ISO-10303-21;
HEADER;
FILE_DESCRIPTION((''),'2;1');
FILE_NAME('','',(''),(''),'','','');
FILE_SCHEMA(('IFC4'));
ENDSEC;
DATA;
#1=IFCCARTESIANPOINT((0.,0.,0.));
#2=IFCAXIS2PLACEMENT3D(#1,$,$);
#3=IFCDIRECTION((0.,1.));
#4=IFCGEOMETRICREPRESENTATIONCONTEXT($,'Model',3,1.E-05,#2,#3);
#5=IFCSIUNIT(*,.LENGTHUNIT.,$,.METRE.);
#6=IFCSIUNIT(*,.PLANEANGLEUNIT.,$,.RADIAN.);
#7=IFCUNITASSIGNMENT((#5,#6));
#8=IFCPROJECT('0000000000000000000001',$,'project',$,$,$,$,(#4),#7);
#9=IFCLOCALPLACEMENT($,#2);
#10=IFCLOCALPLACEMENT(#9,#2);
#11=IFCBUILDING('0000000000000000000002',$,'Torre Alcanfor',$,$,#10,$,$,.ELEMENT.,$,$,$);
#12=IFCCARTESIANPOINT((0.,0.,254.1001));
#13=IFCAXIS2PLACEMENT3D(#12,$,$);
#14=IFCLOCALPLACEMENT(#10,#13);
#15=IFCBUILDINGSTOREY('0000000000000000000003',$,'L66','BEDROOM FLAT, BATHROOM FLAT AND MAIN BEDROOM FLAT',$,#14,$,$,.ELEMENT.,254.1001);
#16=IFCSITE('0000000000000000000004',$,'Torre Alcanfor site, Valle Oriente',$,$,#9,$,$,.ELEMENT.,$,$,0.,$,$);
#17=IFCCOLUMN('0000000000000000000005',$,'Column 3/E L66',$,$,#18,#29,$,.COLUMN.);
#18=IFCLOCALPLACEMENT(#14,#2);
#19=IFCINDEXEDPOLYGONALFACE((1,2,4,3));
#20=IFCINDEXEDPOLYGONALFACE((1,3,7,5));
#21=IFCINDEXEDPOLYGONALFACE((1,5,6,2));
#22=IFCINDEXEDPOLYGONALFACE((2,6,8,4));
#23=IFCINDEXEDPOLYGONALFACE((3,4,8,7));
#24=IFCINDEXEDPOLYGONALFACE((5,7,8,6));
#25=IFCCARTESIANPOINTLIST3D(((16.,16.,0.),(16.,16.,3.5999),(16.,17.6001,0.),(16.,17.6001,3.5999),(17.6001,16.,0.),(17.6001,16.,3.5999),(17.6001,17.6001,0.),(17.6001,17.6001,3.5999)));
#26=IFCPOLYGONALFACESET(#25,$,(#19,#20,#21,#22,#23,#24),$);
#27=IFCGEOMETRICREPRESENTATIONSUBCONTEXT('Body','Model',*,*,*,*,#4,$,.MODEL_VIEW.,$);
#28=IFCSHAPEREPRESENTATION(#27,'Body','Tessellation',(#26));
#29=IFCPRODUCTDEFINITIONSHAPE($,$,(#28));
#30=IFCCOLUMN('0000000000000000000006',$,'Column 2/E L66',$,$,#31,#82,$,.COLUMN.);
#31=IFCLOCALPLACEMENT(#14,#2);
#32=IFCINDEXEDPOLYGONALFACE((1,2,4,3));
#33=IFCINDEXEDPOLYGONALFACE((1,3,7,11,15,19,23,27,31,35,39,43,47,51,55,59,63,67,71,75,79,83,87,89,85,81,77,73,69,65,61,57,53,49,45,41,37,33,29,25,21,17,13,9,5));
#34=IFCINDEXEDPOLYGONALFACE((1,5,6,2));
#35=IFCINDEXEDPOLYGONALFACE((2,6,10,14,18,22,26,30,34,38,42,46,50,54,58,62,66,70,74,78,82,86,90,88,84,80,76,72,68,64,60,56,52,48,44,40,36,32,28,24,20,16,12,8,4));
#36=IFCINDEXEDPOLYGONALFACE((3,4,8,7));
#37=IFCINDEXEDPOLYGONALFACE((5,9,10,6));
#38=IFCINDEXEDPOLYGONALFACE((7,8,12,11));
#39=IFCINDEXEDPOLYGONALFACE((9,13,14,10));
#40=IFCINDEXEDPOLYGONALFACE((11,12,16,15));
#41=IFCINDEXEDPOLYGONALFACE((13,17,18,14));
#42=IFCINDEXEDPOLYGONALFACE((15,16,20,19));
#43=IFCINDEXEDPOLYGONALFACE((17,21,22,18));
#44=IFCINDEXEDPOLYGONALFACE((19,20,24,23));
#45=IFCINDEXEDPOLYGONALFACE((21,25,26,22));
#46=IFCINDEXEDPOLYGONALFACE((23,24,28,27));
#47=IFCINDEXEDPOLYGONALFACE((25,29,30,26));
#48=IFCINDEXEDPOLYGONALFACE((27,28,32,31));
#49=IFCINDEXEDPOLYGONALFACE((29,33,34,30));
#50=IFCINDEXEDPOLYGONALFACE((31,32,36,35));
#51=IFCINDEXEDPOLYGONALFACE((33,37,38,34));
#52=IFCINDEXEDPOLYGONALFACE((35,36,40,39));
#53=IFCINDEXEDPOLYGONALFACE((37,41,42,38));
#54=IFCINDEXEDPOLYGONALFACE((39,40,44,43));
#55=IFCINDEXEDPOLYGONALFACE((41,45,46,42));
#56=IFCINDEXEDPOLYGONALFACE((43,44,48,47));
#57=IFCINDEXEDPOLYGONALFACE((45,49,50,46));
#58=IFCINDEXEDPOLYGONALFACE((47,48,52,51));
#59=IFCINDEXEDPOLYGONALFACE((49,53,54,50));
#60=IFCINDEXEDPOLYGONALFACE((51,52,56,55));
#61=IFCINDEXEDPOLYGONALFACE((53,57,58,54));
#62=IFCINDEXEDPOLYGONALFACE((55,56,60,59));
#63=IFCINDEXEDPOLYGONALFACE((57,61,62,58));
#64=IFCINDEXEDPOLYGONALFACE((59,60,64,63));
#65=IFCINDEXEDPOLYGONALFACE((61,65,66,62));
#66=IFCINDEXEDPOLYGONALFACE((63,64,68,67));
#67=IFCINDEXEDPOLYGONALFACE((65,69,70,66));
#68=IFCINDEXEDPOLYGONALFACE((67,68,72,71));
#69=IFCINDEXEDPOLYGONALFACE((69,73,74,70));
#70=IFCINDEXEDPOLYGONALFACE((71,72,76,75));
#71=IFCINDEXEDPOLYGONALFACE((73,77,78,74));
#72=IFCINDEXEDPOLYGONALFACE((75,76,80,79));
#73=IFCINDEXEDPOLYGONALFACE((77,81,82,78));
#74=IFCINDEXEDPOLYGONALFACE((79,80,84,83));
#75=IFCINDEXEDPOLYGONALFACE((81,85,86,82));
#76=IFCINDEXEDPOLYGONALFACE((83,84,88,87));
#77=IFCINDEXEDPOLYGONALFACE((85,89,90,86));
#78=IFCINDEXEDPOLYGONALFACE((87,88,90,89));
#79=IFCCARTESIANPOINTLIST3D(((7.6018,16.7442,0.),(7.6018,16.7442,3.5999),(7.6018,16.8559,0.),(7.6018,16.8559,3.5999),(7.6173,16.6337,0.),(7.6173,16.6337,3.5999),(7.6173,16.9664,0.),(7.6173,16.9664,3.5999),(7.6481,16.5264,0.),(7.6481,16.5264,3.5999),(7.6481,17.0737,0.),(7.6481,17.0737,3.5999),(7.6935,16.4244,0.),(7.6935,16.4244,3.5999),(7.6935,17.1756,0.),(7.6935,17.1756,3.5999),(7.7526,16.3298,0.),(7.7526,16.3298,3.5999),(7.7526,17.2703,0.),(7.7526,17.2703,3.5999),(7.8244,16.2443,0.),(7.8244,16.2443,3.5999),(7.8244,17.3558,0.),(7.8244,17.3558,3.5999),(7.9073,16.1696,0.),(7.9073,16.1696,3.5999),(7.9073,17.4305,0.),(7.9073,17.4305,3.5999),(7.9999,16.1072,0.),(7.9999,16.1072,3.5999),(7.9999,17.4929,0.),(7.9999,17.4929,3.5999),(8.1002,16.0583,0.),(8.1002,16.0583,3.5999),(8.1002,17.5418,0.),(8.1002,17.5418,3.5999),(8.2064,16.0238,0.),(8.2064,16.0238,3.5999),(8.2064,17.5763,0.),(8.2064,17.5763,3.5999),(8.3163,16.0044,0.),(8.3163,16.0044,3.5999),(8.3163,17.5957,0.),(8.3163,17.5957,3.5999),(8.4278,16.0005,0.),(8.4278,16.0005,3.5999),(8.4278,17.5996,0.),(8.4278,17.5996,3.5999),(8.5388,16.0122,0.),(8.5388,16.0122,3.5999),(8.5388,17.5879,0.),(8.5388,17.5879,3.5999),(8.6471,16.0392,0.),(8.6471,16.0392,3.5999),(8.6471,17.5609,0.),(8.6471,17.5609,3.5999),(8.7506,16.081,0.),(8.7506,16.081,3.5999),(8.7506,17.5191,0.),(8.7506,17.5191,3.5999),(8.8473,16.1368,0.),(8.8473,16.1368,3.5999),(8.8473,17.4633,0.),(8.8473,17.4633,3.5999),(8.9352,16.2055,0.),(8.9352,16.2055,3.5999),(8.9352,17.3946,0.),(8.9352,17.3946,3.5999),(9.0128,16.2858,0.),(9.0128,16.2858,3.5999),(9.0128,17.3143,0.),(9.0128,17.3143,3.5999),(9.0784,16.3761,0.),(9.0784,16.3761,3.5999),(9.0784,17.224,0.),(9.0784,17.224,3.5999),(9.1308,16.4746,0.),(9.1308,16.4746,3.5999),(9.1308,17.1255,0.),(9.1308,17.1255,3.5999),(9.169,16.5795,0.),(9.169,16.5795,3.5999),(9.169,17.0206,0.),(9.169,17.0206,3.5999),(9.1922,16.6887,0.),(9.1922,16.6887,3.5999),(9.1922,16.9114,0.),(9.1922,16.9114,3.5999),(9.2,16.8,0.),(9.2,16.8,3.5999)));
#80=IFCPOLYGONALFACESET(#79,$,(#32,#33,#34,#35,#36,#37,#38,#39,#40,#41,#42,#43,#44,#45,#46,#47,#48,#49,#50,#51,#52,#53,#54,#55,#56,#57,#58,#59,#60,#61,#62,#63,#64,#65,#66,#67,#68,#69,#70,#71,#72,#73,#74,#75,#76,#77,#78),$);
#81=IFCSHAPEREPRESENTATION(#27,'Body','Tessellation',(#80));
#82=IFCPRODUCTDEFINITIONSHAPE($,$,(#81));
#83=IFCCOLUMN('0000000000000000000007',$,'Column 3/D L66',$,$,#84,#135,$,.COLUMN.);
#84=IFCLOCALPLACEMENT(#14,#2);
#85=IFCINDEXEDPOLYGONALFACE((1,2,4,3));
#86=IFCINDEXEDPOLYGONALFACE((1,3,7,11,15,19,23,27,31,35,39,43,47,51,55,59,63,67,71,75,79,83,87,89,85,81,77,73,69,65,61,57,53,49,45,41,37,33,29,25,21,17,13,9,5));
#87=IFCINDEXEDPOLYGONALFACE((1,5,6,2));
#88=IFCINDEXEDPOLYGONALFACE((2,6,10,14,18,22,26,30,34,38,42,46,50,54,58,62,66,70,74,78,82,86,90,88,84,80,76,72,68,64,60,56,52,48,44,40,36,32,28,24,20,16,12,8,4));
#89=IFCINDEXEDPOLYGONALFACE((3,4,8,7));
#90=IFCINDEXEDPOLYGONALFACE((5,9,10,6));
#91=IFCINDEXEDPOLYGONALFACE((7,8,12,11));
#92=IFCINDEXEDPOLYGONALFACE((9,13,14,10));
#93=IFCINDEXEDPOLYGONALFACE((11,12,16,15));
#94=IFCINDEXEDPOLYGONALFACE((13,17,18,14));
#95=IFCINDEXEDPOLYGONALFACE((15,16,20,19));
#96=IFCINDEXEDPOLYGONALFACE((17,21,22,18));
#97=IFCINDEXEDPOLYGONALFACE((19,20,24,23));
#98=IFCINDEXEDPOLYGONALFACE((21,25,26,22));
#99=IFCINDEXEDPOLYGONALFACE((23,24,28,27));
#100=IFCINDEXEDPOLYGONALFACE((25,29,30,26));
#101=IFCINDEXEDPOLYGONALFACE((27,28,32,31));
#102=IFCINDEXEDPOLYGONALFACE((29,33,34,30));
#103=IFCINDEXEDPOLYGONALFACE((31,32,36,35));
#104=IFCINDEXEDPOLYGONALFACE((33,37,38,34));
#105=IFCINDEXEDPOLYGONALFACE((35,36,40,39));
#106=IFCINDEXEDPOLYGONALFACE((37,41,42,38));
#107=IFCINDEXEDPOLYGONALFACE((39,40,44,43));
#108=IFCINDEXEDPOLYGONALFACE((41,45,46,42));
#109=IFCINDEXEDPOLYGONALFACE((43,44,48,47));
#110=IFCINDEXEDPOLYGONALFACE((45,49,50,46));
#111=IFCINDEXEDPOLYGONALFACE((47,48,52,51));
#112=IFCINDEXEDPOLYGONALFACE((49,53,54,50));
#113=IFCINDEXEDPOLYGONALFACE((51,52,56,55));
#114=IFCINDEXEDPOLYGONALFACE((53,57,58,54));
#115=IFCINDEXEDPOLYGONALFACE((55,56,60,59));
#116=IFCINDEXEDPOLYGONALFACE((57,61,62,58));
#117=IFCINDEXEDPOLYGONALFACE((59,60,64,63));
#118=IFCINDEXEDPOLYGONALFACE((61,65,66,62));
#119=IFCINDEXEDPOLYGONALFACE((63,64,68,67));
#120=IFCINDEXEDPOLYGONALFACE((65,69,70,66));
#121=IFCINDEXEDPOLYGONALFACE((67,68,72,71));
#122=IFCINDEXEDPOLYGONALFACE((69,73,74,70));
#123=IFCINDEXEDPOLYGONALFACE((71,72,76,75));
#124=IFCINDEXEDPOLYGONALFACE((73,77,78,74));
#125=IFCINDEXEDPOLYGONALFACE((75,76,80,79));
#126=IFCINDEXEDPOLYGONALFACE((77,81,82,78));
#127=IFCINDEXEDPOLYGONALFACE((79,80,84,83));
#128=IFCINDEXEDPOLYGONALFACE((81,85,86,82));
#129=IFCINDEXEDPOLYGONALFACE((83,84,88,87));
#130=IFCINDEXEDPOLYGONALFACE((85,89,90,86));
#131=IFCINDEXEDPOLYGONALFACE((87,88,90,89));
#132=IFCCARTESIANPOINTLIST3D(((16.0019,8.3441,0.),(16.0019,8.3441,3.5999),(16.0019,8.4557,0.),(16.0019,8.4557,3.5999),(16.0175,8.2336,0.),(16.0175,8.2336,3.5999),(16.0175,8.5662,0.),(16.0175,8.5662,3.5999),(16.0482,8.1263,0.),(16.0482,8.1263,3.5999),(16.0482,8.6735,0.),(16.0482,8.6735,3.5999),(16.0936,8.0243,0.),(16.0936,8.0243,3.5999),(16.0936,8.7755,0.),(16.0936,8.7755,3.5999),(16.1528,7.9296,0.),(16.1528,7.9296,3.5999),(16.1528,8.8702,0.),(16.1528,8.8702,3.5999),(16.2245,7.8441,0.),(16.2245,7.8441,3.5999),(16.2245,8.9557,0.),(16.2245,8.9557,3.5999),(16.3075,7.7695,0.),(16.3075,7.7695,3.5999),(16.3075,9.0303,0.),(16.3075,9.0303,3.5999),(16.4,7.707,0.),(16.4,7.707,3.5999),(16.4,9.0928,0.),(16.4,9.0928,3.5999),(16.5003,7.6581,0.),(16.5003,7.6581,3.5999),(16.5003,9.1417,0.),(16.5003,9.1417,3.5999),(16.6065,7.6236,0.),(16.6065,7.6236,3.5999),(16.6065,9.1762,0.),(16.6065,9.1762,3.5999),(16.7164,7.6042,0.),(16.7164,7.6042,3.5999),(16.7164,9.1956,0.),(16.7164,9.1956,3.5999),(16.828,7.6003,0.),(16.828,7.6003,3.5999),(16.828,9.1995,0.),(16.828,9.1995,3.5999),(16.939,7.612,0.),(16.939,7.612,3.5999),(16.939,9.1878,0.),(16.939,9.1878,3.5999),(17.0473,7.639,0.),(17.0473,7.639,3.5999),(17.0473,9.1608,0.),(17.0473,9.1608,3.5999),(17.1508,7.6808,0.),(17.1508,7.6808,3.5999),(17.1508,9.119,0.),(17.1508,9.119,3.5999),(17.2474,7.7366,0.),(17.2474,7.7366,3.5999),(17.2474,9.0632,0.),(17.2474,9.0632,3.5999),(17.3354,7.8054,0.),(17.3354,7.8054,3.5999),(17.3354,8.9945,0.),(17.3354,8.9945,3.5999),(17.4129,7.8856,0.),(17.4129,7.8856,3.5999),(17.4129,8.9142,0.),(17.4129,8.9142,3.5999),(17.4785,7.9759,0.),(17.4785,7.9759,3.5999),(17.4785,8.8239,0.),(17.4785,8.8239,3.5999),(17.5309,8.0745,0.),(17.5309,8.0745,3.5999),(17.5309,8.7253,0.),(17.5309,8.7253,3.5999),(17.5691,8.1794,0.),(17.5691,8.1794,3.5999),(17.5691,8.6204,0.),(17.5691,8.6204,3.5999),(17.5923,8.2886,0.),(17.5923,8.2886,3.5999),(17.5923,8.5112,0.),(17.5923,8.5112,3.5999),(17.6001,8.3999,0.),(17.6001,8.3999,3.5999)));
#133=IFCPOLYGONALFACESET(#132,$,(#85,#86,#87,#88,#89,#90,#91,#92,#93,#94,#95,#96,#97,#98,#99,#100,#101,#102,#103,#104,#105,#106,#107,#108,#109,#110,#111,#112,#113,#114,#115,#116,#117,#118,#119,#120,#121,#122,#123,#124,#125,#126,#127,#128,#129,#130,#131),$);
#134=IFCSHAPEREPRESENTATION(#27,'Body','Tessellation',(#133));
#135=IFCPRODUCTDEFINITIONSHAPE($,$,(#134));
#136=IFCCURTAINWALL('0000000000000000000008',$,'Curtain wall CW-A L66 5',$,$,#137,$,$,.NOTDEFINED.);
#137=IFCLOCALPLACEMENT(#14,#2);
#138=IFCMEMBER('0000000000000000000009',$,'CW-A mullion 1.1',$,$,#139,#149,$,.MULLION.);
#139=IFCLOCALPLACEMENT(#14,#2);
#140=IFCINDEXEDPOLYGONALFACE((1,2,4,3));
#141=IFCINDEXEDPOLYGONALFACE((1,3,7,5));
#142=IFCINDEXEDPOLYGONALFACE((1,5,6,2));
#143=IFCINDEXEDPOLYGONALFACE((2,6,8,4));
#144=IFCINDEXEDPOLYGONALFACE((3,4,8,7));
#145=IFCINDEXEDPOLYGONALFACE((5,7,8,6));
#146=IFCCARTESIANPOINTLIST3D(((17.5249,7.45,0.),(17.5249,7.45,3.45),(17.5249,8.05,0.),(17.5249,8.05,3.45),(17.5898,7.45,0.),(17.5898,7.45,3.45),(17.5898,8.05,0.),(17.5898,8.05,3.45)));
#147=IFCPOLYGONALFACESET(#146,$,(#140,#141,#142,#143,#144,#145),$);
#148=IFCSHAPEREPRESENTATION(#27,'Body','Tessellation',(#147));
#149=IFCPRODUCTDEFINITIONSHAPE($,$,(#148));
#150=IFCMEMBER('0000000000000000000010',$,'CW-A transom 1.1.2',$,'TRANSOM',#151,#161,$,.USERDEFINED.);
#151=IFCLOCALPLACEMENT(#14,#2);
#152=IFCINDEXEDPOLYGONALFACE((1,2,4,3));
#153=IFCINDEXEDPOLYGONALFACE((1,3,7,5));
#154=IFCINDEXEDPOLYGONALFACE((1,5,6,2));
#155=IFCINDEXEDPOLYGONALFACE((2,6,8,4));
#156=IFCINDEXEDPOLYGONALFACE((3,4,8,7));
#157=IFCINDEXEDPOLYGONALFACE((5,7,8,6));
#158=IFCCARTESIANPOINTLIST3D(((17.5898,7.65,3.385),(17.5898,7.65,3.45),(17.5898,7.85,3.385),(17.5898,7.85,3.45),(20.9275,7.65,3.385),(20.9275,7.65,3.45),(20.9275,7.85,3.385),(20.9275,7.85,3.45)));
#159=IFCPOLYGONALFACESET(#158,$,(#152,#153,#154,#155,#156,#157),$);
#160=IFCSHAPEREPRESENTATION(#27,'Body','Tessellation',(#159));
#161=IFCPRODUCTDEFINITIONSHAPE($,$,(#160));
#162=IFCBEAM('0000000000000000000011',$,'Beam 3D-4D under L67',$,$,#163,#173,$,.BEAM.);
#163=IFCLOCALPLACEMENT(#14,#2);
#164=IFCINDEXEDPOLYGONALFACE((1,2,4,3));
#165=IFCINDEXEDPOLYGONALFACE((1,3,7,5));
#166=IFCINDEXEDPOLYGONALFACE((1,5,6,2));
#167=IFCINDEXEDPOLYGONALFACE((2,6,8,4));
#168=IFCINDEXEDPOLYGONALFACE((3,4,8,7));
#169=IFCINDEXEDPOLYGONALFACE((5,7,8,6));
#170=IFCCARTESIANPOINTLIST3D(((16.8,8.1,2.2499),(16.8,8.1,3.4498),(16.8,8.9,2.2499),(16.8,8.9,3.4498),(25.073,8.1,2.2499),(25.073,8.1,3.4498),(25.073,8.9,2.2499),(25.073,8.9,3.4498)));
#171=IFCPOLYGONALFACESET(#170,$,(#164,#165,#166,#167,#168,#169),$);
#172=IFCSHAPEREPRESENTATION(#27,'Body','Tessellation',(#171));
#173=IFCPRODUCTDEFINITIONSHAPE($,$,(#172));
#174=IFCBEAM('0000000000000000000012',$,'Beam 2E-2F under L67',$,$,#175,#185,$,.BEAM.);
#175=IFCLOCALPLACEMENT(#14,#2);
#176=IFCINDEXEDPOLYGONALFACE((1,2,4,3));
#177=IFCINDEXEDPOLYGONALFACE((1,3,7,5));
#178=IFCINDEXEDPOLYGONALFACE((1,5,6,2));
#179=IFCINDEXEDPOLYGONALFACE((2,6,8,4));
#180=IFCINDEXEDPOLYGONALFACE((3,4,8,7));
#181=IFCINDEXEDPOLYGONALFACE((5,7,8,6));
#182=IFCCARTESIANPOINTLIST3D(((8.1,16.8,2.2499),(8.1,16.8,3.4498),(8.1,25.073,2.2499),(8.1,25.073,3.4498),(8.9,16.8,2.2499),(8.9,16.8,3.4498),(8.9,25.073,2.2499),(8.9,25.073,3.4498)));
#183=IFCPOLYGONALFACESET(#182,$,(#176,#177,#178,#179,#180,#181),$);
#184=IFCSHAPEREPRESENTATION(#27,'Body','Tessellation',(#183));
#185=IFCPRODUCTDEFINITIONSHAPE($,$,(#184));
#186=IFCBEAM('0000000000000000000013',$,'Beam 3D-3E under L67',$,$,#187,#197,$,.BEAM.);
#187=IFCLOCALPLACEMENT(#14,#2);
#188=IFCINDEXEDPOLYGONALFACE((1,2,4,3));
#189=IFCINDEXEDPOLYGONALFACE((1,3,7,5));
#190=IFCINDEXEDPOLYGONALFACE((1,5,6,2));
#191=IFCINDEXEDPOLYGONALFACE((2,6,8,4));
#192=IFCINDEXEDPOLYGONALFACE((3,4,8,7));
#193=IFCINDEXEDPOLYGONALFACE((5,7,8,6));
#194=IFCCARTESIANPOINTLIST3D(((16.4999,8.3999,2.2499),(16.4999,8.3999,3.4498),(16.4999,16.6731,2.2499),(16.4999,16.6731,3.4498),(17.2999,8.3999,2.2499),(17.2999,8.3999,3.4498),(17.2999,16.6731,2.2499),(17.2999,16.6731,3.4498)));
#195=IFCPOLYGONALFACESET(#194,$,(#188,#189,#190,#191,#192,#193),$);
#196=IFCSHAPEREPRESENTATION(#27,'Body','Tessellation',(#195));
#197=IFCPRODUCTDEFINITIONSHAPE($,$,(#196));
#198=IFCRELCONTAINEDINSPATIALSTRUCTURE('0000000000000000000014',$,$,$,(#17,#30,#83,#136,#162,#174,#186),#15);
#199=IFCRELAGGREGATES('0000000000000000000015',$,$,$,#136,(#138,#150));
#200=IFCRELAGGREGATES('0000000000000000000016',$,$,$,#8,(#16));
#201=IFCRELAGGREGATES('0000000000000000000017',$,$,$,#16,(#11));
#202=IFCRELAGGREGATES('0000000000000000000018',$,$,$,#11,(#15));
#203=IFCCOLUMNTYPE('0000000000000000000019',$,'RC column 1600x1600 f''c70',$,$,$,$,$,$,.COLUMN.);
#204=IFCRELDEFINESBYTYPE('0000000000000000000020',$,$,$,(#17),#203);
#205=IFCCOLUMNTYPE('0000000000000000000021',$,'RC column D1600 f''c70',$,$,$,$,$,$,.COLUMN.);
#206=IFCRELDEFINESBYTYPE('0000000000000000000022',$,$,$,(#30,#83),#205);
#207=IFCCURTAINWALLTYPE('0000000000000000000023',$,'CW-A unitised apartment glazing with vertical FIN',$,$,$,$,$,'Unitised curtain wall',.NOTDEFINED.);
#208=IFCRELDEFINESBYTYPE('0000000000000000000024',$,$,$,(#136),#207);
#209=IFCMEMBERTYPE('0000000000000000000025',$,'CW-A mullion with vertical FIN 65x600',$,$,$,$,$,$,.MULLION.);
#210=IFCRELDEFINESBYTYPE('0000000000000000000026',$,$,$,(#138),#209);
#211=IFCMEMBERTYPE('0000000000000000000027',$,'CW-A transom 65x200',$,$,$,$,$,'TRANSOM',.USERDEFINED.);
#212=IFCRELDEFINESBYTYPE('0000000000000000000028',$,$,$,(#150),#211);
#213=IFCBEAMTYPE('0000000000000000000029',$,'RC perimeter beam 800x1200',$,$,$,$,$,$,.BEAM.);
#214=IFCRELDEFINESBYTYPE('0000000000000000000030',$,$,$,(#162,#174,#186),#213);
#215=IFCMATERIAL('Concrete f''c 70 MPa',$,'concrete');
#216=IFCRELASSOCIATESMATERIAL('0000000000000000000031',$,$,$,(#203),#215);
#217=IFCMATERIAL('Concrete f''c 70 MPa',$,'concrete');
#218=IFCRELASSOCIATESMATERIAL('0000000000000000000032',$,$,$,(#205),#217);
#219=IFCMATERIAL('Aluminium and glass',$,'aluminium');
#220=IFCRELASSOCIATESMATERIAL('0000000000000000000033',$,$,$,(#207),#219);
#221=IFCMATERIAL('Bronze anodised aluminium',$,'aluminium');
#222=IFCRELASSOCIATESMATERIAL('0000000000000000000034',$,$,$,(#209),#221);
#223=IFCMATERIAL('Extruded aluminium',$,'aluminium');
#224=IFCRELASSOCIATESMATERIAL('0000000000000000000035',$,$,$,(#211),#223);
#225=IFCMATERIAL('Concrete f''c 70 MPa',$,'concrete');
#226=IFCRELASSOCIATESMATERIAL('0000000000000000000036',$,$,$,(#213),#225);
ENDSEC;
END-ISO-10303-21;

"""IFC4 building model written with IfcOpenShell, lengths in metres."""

from ifc_helpers import new_model, si_unit, direction, frame, origin, origin_2d, place, context, subcontext, project, spatial, rectangle, circle, extrude, material, material_profile, profile_set, type_object, element, aggregate, save


model = new_model("IFC4")

# Units and contexts
model_context = context("Model", 3, precision=1e-05, world=origin(), true_north=direction((0.0, 1.0)))
body_context = subcontext(model_context, "Body", "Model", "MODEL_VIEW")
ifc_project = project(units=[si_unit("LENGTHUNIT", "METRE"), si_unit("PLANEANGLEUNIT", "RADIAN")], contexts=[model_context])

# Site, building, storey
site_placement = place(None, origin())
site = spatial("IfcSite", under=ifc_project, at=site_placement, Name="Torre Alcanfor site, Valle Oriente", CompositionType="ELEMENT", RefElevation=0.0)
building_placement = place(site_placement, origin())
building = spatial("IfcBuilding", under=site, at=building_placement, Name="Torre Alcanfor", CompositionType="ELEMENT")
storey_placement = place(building_placement, frame((0.0, 0.0, 254.1001)))
storey = spatial("IfcBuildingStorey", under=building, at=storey_placement, Name="L66", Description="BEDROOM FLAT, BATHROOM FLAT AND MAIN BEDROOM FLAT", CompositionType="ELEMENT", Elevation=254.1001)

# Columns
ifc_material_1 = material(Name="Concrete f'c 70 MPa", Category="concrete")
ifc_material_profile_1 = material_profile(ifc_material_1, rectangle(XDim=1.6001, YDim=1.6001, at=origin_2d()), Name="1600x1600")
ifc_profile_set_1 = profile_set([ifc_material_profile_1], Name="Concrete f'c 70 MPa")
column_type_1 = type_object("IfcColumnType", Name="RC column 1600x1600 f'c70", PredefinedType="COLUMN", material=ifc_profile_set_1)
column_placement = place(storey_placement, frame((16.8, 16.8, 0.0), z_axis=(0.0, 0.0, 1.0), x_axis=(1.0, 0.0, 0.0)))
element("IfcColumn", 1, at=column_placement, inside=storey, type_object=column_type_1, Name="Column 3/E L66", PredefinedType="COLUMN", context=body_context, shape_type="SweptSolid", body=[
    extrude(rectangle(XDim=1.6001, YDim=1.6001, at=origin_2d()), origin(), (0.0, 0.0, 1.0), 3.5999),
])
ifc_material_2 = material(Name="Concrete f'c 70 MPa", Category="concrete")
ifc_material_profile_2 = material_profile(ifc_material_2, circle(Radius=0.8, at=origin_2d()), Name="D1600")
ifc_profile_set_2 = profile_set([ifc_material_profile_2], Name="Concrete f'c 70 MPa")
column_type_2 = type_object("IfcColumnType", Name="RC column D1600 f'c70", PredefinedType="COLUMN", material=ifc_profile_set_2)
for number, where, z_axis, x_axis, name in (
    (2, (8.3999, 16.8, 0.0), (0.0, 0.0, 1.0), (1.0, 0.0, 0.0), "Column 2/E L66"),
    (3, (16.8, 8.3999, 0.0), (0.0, 0.0, 1.0), (1.0, 0.0, 0.0), "Column 3/D L66"),
):
    element("IfcColumn", number, at=place(storey_placement, frame(where, z_axis=z_axis, x_axis=x_axis)), inside=storey, type_object=column_type_2, Name=name, PredefinedType="COLUMN", context=body_context, shape_type="SweptSolid", body=[
        extrude(circle(Radius=0.8, at=origin_2d()), origin(), (0.0, 0.0, 1.0), 3.5999),
    ])

# Curtain wall, members
ifc_material_3 = material(Name="Aluminium and glass", Category="aluminium")
curtain_wall_type = type_object("IfcCurtainWallType", Name="CW-A unitised apartment glazing with vertical FIN", ElementType="Unitised curtain wall", PredefinedType="NOTDEFINED", material=ifc_material_3)
curtain_wall_placement = place(storey_placement, origin())
curtain_wall = element("IfcCurtainWall", 4, at=curtain_wall_placement, inside=storey, type_object=curtain_wall_type, Name="Curtain wall CW-A L66 5", PredefinedType="NOTDEFINED")
ifc_material_4 = material(Name="Bronze anodised aluminium", Category="aluminium")
ifc_material_profile_3 = material_profile(ifc_material_4, rectangle(XDim=0.6001, YDim=0.0649, at=origin_2d()), Name="CW-A mullion 65x600")
ifc_profile_set_3 = profile_set([ifc_material_profile_3], Name="Bronze anodised aluminium")
member_type_1 = type_object("IfcMemberType", Name="CW-A mullion with vertical FIN 65x600", PredefinedType="MULLION", material=ifc_profile_set_3)
member_1_placement = place(storey_placement, frame((17.5574, 7.75, 0.0), z_axis=(0.0, 0.0, 1.0), x_axis=(0.0, 1.0, 0.0)))
member_1 = element("IfcMember", 5, at=member_1_placement, type_object=member_type_1, Name="CW-A mullion 1.1", PredefinedType="MULLION", context=body_context, shape_type="SweptSolid", body=[
    extrude(rectangle(XDim=0.6001, YDim=0.0649, at=origin_2d()), origin(), (0.0, 0.0, 1.0), 3.45),
])
ifc_material_5 = material(Name="Extruded aluminium", Category="aluminium")
ifc_material_profile_4 = material_profile(ifc_material_5, rectangle(XDim=0.2, YDim=0.0649, at=origin_2d()), Name="CW-A transom 200x65")
ifc_profile_set_4 = profile_set([ifc_material_profile_4], Name="Extruded aluminium")
member_type_2 = type_object("IfcMemberType", Name="CW-A transom 65x200", ElementType="TRANSOM", PredefinedType="USERDEFINED", material=ifc_profile_set_4)
member_2_placement = place(storey_placement, frame((17.5898, 7.75, 3.4175), z_axis=(1.0, 0.0, 0.0), x_axis=(0.0, 1.0, 0.0)))
member_2 = element("IfcMember", 6, at=member_2_placement, type_object=member_type_2, Name="CW-A transom 1.1.2", ObjectType="TRANSOM", PredefinedType="USERDEFINED", context=body_context, shape_type="SweptSolid", body=[
    extrude(rectangle(XDim=0.2, YDim=0.0649, at=origin_2d()), origin(), (0.0, 0.0, 1.0), 3.3376),
])
aggregate(curtain_wall, [member_1, member_2])

# Beams
ifc_material_6 = material(Name="Concrete f'c 70 MPa", Category="concrete")
ifc_material_profile_5 = material_profile(ifc_material_6, rectangle(XDim=0.8, YDim=1.2, at=origin_2d()), Name="800x1200")
ifc_profile_set_5 = profile_set([ifc_material_profile_5], Name="Concrete f'c 70 MPa")
beam_type = type_object("IfcBeamType", Name="RC perimeter beam 800x1200", PredefinedType="BEAM", material=ifc_profile_set_5)
for number, where, z_axis, x_axis, name in (
    (7, (16.8, 8.5, 2.8499), (1.0, 0.0, 0.0), (0.0, 1.0, 0.0), "Beam 3D-4D under L67"),
    (8, (8.5, 16.8, 2.8499), (0.0, 1.0, 0.0), (-1.0, 0.0, 0.0), "Beam 2E-2F under L67"),
):
    element("IfcBeam", number, at=place(storey_placement, frame(where, z_axis=z_axis, x_axis=x_axis)), inside=storey, type_object=beam_type, Name=name, PredefinedType="BEAM", context=body_context, shape_type="SweptSolid", body=[
        extrude(rectangle(XDim=0.8, YDim=1.2, at=origin_2d()), origin(), (0.0, 0.0, 1.0), 8.2729),
    ])
beam_placement = place(storey_placement, frame((16.8999, 8.3999, 2.8499), z_axis=(0.0, 1.0, 0.0), x_axis=(-1.0, 0.0, 0.0)))
element("IfcBeam", 9, at=beam_placement, inside=storey, type_object=beam_type, Name="Beam 3D-3E under L67", PredefinedType="BEAM", context=body_context, shape_type="SweptSolid", body=[
    extrude(rectangle(XDim=0.8, YDim=1.2, at=origin_2d()), origin(), (0.0, 0.0, 1.0), 8.2732),
])

save(model, "model.ifc")
